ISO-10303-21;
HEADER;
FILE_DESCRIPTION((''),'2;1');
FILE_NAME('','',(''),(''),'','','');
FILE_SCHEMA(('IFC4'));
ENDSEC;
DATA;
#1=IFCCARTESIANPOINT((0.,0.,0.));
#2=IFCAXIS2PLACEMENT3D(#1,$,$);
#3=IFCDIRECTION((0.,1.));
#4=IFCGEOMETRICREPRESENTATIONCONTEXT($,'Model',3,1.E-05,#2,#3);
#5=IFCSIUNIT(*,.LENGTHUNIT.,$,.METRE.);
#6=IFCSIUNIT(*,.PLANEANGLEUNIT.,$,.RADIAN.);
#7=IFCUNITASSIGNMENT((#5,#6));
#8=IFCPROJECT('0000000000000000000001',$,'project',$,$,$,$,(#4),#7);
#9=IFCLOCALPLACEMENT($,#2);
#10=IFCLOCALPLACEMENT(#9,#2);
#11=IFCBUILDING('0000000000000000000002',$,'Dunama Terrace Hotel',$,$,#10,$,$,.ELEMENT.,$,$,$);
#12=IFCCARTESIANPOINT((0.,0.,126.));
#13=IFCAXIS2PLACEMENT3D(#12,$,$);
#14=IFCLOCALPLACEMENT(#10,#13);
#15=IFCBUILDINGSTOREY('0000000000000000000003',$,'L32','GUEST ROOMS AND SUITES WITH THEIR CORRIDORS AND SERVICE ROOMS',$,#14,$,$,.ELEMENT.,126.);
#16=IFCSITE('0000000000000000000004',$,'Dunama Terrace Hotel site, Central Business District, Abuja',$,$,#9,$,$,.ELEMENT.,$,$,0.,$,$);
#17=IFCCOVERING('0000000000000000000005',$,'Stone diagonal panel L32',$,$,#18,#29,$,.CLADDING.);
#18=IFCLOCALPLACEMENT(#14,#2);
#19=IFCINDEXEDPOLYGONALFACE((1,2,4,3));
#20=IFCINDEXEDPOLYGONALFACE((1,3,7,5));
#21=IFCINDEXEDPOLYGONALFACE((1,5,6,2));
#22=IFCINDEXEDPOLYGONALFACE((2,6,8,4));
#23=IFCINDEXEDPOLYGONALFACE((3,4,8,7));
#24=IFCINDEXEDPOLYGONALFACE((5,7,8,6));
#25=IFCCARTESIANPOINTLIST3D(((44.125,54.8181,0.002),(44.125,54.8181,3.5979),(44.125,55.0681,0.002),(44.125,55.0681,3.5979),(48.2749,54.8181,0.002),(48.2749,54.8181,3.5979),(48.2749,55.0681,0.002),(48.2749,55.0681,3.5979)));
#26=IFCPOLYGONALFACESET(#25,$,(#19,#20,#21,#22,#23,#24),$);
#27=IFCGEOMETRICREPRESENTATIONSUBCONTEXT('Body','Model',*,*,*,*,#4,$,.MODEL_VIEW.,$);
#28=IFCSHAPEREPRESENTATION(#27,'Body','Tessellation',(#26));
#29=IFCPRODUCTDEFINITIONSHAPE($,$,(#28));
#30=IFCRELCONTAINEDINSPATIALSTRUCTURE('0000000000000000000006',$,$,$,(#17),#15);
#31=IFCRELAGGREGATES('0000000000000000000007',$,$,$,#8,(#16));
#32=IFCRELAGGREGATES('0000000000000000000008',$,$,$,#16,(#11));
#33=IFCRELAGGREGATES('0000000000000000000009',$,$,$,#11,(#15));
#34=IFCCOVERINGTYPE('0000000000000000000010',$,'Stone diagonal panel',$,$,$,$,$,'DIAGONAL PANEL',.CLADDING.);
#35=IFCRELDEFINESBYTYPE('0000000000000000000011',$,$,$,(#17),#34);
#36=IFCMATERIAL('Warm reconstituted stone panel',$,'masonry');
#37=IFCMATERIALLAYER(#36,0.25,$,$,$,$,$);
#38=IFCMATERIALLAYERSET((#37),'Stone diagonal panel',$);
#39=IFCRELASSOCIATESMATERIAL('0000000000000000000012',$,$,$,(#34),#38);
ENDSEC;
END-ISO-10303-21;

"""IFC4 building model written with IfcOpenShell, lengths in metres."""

from ifc_helpers import new_model, si_unit, direction, frame, origin, origin_2d, place, context, subcontext, project, spatial, rectangle, extrude, material, layer, layer_set, type_object, element, save


model = new_model("IFC4")

# Units and contexts
model_context = context("Model", 3, precision=1e-05, world=origin(), true_north=direction((0.0, 1.0)))
body_context = subcontext(model_context, "Body", "Model", "MODEL_VIEW")
ifc_project = project(units=[si_unit("LENGTHUNIT", "METRE"), si_unit("PLANEANGLEUNIT", "RADIAN")], contexts=[model_context])

# Site, building, storey
site_placement = place(None, origin())
site = spatial("IfcSite", under=ifc_project, at=site_placement, Name="Dunama Terrace Hotel site, Central Business District, Abuja", CompositionType="ELEMENT", RefElevation=0.0)
building_placement = place(site_placement, origin())
building = spatial("IfcBuilding", under=site, at=building_placement, Name="Dunama Terrace Hotel", CompositionType="ELEMENT")
storey_placement = place(building_placement, frame((0.0, 0.0, 126.0)))
storey = spatial("IfcBuildingStorey", under=building, at=storey_placement, Name="L32", Description="GUEST ROOMS AND SUITES WITH THEIR CORRIDORS AND SERVICE ROOMS", CompositionType="ELEMENT", Elevation=126.0)

# Covering
ifc_material_1 = material(Name="Warm reconstituted stone panel", Category="masonry")
ifc_layer_1 = layer(ifc_material_1, 0.25)
ifc_layer_set_1 = layer_set([ifc_layer_1], Name="Stone diagonal panel")
covering_type = type_object("IfcCoveringType", Name="Stone diagonal panel", ElementType="DIAGONAL PANEL", PredefinedType="CLADDING", material=ifc_layer_set_1)
covering_1_placement = place(storey_placement, frame((46.2, 54.9431, 0.002), z_axis=(0.0, 0.0, 1.0), x_axis=(-1.0, 0.0, 0.0)))
element("IfcCovering", 1, at=covering_1_placement, inside=storey, type_object=covering_type, Name="Stone diagonal panel L32", PredefinedType="CLADDING", context=body_context, shape_type="SweptSolid", body=[
    extrude(rectangle(XDim=4.1499, YDim=0.25, at=origin_2d()), origin(), (0.0, 0.0, 1.0), 3.5959),
])

save(model, "model.ifc")
